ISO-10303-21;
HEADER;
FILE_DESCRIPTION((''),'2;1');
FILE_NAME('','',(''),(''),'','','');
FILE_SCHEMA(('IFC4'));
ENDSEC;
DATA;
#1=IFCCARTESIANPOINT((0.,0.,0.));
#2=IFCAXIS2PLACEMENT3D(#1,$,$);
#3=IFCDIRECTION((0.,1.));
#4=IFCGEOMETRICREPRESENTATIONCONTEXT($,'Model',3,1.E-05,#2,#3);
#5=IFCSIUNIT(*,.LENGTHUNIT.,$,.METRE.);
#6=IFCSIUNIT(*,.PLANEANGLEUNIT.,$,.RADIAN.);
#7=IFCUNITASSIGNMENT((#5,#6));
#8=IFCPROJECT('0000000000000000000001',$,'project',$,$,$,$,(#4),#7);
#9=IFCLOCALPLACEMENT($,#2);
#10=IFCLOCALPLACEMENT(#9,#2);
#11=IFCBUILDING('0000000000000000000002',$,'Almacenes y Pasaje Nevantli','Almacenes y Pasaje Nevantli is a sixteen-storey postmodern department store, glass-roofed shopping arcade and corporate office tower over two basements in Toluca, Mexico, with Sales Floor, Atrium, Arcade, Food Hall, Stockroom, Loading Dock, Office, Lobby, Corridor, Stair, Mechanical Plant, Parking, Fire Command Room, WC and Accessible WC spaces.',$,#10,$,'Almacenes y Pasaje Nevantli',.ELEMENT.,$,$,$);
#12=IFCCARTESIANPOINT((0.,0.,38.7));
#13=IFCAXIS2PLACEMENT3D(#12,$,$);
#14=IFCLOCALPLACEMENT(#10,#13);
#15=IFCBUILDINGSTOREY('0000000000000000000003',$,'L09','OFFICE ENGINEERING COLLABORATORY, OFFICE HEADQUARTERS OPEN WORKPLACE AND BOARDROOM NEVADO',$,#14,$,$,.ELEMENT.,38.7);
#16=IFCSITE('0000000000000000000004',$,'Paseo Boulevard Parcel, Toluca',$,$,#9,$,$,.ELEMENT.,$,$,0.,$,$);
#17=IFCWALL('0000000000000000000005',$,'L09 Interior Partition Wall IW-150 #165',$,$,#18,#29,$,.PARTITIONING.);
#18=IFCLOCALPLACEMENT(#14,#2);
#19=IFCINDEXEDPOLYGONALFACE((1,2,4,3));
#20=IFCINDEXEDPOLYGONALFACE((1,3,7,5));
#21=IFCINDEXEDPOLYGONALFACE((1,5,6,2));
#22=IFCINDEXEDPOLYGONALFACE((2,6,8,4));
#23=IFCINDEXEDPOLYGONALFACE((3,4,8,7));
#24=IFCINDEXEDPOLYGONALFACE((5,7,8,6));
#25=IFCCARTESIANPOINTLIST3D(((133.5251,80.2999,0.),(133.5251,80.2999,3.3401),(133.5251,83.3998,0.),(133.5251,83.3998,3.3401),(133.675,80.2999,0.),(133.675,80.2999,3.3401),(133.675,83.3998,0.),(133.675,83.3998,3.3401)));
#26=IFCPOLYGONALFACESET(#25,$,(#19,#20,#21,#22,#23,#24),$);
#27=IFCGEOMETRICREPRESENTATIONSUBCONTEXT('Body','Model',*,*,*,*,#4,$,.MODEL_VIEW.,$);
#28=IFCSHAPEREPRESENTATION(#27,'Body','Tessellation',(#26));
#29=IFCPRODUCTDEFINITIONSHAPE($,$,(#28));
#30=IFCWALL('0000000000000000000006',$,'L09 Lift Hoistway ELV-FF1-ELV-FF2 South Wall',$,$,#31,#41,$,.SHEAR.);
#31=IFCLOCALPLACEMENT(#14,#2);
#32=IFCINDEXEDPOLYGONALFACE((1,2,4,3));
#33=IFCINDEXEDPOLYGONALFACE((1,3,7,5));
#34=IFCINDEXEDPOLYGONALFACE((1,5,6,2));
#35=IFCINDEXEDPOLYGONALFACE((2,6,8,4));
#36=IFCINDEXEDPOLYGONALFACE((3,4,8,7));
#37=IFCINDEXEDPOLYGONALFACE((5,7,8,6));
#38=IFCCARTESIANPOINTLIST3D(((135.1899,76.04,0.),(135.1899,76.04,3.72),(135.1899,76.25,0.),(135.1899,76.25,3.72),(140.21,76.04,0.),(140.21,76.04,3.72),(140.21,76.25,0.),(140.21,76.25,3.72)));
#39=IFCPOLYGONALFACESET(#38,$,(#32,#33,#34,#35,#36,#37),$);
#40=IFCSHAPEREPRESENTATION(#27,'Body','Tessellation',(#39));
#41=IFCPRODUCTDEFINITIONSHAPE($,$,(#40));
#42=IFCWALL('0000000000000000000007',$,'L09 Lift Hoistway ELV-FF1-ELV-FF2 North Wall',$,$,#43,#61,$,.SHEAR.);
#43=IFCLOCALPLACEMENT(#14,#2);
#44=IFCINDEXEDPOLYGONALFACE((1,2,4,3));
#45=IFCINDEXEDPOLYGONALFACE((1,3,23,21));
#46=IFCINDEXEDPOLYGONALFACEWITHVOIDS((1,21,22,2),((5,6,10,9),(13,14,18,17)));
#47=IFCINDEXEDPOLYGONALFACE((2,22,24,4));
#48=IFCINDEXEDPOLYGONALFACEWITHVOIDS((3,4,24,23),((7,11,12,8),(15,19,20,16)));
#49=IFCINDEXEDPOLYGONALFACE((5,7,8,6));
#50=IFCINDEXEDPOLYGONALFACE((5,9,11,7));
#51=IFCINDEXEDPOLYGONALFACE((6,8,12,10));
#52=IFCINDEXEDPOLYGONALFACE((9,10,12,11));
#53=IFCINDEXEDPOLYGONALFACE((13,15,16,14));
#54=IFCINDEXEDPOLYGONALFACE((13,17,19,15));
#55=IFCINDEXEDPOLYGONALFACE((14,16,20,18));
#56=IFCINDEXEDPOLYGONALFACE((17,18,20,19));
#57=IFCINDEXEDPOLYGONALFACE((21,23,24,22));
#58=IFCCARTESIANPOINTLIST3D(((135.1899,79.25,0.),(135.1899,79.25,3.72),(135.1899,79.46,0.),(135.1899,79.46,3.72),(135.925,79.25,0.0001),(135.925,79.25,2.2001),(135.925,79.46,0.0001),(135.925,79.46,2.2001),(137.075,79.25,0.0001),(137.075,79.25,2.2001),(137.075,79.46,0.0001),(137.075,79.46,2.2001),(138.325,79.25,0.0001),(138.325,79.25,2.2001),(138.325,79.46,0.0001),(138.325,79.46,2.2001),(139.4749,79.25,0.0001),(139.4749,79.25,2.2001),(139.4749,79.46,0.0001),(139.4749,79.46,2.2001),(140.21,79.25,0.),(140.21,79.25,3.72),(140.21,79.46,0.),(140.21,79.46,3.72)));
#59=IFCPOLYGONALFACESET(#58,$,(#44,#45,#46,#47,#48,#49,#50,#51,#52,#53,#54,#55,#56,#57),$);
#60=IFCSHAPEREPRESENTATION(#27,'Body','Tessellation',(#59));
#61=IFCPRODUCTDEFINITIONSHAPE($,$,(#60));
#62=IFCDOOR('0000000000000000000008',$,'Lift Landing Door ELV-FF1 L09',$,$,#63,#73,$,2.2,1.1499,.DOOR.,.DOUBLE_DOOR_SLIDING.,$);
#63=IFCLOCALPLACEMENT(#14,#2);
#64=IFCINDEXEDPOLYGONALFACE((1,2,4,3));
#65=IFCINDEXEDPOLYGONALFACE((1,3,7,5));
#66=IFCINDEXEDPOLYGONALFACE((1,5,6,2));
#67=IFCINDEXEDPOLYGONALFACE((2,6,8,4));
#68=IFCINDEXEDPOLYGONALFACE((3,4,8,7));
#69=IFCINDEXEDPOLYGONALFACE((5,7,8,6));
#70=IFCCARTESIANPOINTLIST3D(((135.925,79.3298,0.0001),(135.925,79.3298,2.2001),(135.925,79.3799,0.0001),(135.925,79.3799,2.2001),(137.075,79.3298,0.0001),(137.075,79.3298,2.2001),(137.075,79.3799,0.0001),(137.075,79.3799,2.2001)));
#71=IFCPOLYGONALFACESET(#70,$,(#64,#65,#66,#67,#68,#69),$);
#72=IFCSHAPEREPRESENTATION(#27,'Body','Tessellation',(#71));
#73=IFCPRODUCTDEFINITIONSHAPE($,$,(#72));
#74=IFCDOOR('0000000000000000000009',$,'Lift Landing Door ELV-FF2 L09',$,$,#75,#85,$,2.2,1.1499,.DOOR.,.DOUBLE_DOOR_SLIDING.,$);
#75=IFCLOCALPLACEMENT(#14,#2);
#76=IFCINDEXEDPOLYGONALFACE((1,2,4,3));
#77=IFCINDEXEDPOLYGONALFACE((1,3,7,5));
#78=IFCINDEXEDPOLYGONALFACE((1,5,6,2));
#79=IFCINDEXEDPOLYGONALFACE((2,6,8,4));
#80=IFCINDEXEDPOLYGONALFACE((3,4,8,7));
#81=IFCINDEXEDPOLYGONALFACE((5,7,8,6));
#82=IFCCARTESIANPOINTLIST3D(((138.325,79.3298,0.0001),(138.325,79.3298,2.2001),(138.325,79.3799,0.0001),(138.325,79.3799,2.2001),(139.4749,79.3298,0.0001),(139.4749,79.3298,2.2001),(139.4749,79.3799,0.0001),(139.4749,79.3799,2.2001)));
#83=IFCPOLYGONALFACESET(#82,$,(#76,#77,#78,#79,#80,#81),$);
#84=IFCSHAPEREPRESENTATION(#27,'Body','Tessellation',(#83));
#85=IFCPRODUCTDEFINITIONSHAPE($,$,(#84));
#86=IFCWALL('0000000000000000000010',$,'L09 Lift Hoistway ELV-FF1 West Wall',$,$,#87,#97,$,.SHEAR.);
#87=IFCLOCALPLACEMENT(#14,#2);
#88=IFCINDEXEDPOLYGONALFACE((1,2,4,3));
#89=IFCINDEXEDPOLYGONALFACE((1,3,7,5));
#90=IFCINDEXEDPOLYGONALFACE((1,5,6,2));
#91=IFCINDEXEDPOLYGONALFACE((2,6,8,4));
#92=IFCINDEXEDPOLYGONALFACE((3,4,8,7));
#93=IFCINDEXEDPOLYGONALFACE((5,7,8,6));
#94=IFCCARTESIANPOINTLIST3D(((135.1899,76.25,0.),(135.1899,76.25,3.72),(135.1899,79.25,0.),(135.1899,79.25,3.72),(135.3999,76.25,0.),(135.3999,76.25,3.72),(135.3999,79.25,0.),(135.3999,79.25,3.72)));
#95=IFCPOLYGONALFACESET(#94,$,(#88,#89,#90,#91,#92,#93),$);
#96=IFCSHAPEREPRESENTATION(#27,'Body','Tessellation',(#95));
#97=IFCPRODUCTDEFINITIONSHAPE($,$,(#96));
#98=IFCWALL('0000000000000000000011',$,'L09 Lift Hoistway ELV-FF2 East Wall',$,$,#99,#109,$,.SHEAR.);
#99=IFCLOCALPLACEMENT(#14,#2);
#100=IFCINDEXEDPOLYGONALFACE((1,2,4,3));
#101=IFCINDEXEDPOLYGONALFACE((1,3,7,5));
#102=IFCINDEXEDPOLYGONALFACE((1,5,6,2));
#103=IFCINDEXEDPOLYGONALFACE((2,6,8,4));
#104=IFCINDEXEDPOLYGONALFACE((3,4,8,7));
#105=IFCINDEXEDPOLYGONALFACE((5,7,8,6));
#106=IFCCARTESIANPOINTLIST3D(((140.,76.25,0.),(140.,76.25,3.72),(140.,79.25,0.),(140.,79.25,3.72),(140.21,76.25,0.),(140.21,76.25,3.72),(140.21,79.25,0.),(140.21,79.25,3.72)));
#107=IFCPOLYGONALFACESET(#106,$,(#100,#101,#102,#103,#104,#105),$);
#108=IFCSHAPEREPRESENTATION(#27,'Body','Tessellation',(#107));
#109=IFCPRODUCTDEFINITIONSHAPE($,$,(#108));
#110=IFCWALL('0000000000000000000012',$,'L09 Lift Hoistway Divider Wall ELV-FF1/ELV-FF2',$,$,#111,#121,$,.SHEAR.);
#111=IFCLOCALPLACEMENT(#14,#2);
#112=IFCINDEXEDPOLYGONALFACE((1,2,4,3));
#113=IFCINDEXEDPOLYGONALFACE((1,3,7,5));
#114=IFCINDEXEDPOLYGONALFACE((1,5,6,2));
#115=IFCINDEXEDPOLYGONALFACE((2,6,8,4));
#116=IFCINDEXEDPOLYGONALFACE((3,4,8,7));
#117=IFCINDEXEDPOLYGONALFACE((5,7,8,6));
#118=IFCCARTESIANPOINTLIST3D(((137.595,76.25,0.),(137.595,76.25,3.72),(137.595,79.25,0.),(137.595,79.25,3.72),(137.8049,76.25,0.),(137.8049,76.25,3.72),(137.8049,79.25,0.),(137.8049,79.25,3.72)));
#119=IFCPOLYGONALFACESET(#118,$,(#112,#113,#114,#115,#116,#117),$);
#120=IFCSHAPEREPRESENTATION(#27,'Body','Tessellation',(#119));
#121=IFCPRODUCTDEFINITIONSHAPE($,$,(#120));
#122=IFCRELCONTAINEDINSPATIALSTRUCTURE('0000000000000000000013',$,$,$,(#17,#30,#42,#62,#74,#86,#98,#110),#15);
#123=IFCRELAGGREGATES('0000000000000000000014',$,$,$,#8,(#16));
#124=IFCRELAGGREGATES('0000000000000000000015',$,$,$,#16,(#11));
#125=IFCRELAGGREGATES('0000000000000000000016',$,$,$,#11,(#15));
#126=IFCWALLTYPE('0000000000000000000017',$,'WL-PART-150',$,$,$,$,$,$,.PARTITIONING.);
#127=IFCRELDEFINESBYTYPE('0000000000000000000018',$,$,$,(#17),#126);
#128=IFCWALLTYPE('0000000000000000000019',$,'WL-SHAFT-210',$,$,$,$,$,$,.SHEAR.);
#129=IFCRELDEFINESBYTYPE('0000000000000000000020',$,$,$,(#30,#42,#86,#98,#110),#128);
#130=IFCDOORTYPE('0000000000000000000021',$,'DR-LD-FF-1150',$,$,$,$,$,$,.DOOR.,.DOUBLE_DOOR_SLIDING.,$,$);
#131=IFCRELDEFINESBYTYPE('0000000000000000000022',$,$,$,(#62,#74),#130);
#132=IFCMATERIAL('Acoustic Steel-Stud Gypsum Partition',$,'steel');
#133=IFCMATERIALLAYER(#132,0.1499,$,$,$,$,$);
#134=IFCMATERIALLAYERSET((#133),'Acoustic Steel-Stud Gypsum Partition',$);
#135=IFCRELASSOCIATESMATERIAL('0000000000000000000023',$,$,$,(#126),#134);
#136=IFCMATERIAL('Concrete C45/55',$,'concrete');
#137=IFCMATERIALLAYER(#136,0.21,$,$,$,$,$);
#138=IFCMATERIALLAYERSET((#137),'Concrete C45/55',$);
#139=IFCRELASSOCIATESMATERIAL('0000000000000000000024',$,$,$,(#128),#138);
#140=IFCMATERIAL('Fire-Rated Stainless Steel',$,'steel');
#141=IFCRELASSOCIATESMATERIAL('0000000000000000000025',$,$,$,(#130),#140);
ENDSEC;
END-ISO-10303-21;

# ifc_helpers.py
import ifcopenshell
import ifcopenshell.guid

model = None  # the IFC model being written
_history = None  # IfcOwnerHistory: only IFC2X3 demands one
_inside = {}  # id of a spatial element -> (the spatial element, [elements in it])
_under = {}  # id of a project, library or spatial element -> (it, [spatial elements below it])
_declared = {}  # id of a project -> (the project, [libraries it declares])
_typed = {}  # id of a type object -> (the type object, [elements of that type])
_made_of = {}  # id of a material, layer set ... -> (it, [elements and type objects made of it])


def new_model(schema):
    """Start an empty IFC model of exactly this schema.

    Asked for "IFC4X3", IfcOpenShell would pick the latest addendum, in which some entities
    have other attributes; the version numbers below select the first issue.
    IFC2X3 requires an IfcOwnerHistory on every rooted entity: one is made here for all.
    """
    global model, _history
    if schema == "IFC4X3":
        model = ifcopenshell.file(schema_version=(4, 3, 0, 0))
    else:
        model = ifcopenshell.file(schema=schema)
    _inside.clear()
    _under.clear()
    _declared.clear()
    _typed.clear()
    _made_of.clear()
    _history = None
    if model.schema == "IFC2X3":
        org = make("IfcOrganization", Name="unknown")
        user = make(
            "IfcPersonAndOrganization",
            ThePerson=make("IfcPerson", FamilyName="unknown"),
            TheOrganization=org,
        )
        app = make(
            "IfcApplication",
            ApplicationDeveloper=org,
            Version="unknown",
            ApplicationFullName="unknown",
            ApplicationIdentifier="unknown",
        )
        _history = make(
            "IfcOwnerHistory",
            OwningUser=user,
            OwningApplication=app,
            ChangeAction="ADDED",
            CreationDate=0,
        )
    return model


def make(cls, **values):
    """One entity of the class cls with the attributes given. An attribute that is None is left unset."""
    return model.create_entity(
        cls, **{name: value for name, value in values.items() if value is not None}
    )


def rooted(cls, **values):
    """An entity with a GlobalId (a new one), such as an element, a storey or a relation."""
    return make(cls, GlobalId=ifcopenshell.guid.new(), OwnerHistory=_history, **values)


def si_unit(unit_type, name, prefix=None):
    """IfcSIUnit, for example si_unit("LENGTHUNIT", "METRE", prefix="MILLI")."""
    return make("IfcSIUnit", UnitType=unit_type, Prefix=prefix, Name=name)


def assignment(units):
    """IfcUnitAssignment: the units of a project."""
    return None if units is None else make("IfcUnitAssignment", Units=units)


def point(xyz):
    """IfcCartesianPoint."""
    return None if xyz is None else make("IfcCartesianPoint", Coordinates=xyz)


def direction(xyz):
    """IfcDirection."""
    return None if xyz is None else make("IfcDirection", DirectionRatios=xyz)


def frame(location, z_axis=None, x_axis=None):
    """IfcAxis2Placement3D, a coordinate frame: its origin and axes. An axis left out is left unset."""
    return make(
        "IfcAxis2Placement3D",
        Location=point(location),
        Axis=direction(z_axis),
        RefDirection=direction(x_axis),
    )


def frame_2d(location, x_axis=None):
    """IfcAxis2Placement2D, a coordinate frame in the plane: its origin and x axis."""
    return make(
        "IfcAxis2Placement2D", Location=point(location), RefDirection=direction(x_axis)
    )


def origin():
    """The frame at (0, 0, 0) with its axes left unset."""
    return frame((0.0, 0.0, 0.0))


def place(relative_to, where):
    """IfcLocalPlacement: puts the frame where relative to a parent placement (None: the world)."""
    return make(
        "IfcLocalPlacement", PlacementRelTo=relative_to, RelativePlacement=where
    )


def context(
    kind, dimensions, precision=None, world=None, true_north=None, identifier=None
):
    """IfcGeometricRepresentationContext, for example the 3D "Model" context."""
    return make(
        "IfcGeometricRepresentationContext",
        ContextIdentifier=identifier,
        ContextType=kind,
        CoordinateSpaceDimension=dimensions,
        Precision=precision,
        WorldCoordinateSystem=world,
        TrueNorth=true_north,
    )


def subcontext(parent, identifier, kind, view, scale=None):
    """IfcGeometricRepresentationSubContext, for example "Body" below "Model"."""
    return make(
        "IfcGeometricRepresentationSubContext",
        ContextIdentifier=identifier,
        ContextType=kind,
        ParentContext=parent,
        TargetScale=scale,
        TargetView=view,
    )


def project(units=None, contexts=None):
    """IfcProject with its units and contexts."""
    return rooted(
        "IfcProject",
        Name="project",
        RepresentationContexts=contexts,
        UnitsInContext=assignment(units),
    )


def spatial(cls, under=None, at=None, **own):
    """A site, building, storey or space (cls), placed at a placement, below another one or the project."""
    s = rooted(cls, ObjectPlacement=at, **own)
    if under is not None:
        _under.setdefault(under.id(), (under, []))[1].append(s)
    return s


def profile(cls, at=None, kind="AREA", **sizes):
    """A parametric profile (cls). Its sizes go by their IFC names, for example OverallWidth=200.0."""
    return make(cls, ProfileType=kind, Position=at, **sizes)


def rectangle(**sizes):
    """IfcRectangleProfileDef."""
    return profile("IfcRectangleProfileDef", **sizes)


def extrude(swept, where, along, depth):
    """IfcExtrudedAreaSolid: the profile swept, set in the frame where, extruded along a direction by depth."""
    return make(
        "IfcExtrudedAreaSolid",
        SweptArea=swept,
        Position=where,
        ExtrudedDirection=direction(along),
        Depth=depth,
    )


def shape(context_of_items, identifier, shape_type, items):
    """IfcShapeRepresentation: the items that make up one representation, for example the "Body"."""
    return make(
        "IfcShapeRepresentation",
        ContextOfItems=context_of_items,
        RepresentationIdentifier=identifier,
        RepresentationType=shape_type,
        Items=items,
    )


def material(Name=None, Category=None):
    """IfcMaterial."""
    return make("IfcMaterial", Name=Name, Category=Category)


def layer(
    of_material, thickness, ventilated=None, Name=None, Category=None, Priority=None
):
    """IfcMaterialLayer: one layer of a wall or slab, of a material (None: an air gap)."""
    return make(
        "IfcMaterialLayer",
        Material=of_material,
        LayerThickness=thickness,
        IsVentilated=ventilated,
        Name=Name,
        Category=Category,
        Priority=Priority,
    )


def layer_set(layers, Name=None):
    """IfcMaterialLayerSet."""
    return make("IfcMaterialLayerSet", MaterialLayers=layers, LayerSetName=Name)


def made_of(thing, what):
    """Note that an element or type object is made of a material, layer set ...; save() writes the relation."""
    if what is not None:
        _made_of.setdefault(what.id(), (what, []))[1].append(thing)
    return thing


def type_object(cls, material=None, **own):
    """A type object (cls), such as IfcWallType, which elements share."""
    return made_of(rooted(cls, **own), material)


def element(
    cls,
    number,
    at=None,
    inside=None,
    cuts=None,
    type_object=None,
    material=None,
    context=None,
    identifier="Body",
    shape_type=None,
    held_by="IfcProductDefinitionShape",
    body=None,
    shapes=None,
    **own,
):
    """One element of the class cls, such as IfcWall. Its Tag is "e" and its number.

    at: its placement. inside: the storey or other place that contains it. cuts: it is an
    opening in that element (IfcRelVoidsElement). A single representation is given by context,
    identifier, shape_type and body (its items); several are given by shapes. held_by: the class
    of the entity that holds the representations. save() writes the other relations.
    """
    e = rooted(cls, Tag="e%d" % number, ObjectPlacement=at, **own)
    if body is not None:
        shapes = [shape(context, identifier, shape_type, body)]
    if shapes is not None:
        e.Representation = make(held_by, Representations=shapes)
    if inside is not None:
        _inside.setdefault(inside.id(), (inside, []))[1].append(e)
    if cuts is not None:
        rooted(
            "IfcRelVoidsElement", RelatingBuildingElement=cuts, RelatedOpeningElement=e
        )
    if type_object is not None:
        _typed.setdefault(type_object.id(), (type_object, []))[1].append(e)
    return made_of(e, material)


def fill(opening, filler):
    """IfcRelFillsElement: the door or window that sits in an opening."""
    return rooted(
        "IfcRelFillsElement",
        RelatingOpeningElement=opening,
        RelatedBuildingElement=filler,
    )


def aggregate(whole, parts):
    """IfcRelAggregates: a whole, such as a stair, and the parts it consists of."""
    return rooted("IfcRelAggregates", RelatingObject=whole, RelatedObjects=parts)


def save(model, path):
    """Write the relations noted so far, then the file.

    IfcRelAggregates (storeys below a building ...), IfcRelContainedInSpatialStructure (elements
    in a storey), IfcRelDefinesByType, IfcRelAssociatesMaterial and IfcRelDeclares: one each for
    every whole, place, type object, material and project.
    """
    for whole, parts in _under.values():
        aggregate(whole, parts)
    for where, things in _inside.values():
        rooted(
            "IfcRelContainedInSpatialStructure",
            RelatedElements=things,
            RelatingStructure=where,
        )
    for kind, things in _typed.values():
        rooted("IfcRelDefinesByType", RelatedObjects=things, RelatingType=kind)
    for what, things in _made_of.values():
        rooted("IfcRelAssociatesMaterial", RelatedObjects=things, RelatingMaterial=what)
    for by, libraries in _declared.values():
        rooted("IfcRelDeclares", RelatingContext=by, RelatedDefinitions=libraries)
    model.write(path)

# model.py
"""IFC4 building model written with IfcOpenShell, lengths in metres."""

from ifc_helpers import new_model, si_unit, direction, frame, frame_2d, origin, place, context, subcontext, project, spatial, rectangle, extrude, material, layer, layer_set, type_object, element, fill, save


model = new_model("IFC4")

# Units and contexts
model_context = context("Model", 3, precision=1e-05, world=origin(), true_north=direction((0.0, 1.0)))
body_context = subcontext(model_context, "Body", "Model", "MODEL_VIEW")
ifc_project = project(units=[si_unit("LENGTHUNIT", "METRE"), si_unit("PLANEANGLEUNIT", "RADIAN")], contexts=[model_context])

# Site, building, storey
site_placement = place(None, origin())
site = spatial("IfcSite", under=ifc_project, at=site_placement, Name="Paseo Boulevard Parcel, Toluca", CompositionType="ELEMENT", RefElevation=0.0)
building_placement = place(site_placement, origin())
building = spatial("IfcBuilding", under=site, at=building_placement, Name="Almacenes y Pasaje Nevantli", Description="Almacenes y Pasaje Nevantli is a sixteen-storey postmodern department store, glass-roofed shopping arcade and corporate office tower over two basements in Toluca, Mexico, with Sales Floor, Atrium, Arcade, Food Hall, Stockroom, Loading Dock, Office, Lobby, Corridor, Stair, Mechanical Plant, Parking, Fire Command Room, WC and Accessible WC spaces.", LongName="Almacenes y Pasaje Nevantli", CompositionType="ELEMENT")
storey_placement = place(building_placement, frame((0.0, 0.0, 38.7)))
storey = spatial("IfcBuildingStorey", under=building, at=storey_placement, Name="L09", Description="OFFICE ENGINEERING COLLABORATORY, OFFICE HEADQUARTERS OPEN WORKPLACE AND BOARDROOM NEVADO", CompositionType="ELEMENT", Elevation=38.7)

# Walls
ifc_material_1 = material(Name="Acoustic Steel-Stud Gypsum Partition", Category="steel")
ifc_layer_1 = layer(ifc_material_1, 0.1499)
ifc_layer_set_1 = layer_set([ifc_layer_1], Name="Acoustic Steel-Stud Gypsum Partition")
wall_type_1 = type_object("IfcWallType", Name="WL-PART-150", PredefinedType="PARTITIONING", material=ifc_layer_set_1)
wall_1_placement = place(storey_placement, frame((133.6001, 80.3, 0.0), z_axis=(0.0, 0.0, 1.0), x_axis=(0.0, 1.0, 0.0)))
element("IfcWall", 1, at=wall_1_placement, inside=storey, type_object=wall_type_1, Name="L09 Interior Partition Wall IW-150 #165", PredefinedType="PARTITIONING", context=body_context, shape_type="SweptSolid", body=[
    extrude(rectangle(XDim=3.0999, YDim=0.1499, at=frame_2d((1.5498, 0.0))), origin(), (0.0, 0.0, 1.0), 3.3401),
])
ifc_material_2 = material(Name="Concrete C45/55", Category="concrete")
ifc_layer_2 = layer(ifc_material_2, 0.21)
ifc_layer_set_2 = layer_set([ifc_layer_2], Name="Concrete C45/55")
wall_type_2 = type_object("IfcWallType", Name="WL-SHAFT-210", PredefinedType="SHEAR", material=ifc_layer_set_2)
wall_2_placement = place(storey_placement, frame((135.1899, 76.145, 0.0), z_axis=(0.0, 0.0, 1.0), x_axis=(1.0, 0.0, 0.0)))
element("IfcWall", 2, at=wall_2_placement, inside=storey, type_object=wall_type_2, Name="L09 Lift Hoistway ELV-FF1-ELV-FF2 South Wall", PredefinedType="SHEAR", context=body_context, shape_type="SweptSolid", body=[
    extrude(rectangle(XDim=5.02, YDim=0.21, at=frame_2d((2.51, 0.0))), origin(), (0.0, 0.0, 1.0), 3.72),
])

# Wall, openings, doors
wall_3_placement = place(storey_placement, frame((135.1899, 79.355, 0.0), z_axis=(0.0, 0.0, 1.0), x_axis=(1.0, 0.0, 0.0)))
wall_3 = element("IfcWall", 3, at=wall_3_placement, inside=storey, type_object=wall_type_2, Name="L09 Lift Hoistway ELV-FF1-ELV-FF2 North Wall", PredefinedType="SHEAR", context=body_context, shape_type="SweptSolid", body=[
    extrude(rectangle(XDim=5.02, YDim=0.21, at=frame_2d((2.51, 0.0))), origin(), (0.0, 0.0, 1.0), 3.72),
])
opening_1_placement = place(wall_3_placement, frame((0.7351, 0.0, 0.0)))
opening_1 = element("IfcOpeningElement", 4, at=opening_1_placement, cuts=wall_3, PredefinedType="OPENING", context=body_context, shape_type="SweptSolid", body=[
    extrude(rectangle(XDim=1.1499, YDim=2.2, at=frame_2d((0.575, 1.1001))), frame((0.0, 0.115, 0.0), z_axis=(0.0, -1.0, 0.0), x_axis=(1.0, 0.0, 0.0)), (0.0, 0.0, 1.0), 0.23),
])
opening_2_placement = place(wall_3_placement, frame((3.135, 0.0, 0.0)))
opening_2 = element("IfcOpeningElement", 5, at=opening_2_placement, cuts=wall_3, PredefinedType="OPENING", context=body_context, shape_type="SweptSolid", body=[
    extrude(rectangle(XDim=1.1499, YDim=2.2, at=frame_2d((0.575, 1.1001))), frame((0.0, 0.115, 0.0), z_axis=(0.0, -1.0, 0.0), x_axis=(1.0, 0.0, 0.0)), (0.0, 0.0, 1.0), 0.23),
])
ifc_material_3 = material(Name="Fire-Rated Stainless Steel", Category="steel")
door_type_1 = type_object("IfcDoorType", Name="DR-LD-FF-1150", OperationType="DOUBLE_DOOR_SLIDING", PredefinedType="DOOR", material=ifc_material_3)
door_1_placement = place(opening_1_placement, origin())
door_1 = element("IfcDoor", 6, at=door_1_placement, inside=storey, type_object=door_type_1, Name="Lift Landing Door ELV-FF1 L09", OperationType="DOUBLE_DOOR_SLIDING", OverallHeight=2.2, OverallWidth=1.1499, PredefinedType="DOOR", context=body_context, shape_type="SweptSolid", body=[
    extrude(rectangle(XDim=1.1499, YDim=2.2, at=frame_2d((0.575, 1.1001))), frame((0.0, 0.0249, 0.0), z_axis=(0.0, -1.0, 0.0), x_axis=(1.0, 0.0, 0.0)), (0.0, 0.0, 1.0), 0.05),
])
fill(opening_1, door_1)
door_2_placement = place(opening_2_placement, origin())
door_2 = element("IfcDoor", 7, at=door_2_placement, inside=storey, type_object=door_type_1, Name="Lift Landing Door ELV-FF2 L09", OperationType="DOUBLE_DOOR_SLIDING", OverallHeight=2.2, OverallWidth=1.1499, PredefinedType="DOOR", context=body_context, shape_type="SweptSolid", body=[
    extrude(rectangle(XDim=1.1499, YDim=2.2, at=frame_2d((0.575, 1.1001))), frame((0.0, 0.0249, 0.0), z_axis=(0.0, -1.0, 0.0), x_axis=(1.0, 0.0, 0.0)), (0.0, 0.0, 1.0), 0.05),
])
fill(opening_2, door_2)

# Walls
for number, where, z_axis, x_axis, name in (
    (8, (135.2949, 76.25, 0.0), (0.0, 0.0, 1.0), (0.0, 1.0, 0.0), "L09 Lift Hoistway ELV-FF1 West Wall"),
    (9, (140.105, 76.25, 0.0), (0.0, 0.0, 1.0), (0.0, 1.0, 0.0), "L09 Lift Hoistway ELV-FF2 East Wall"),
    (10, (137.7, 76.25, 0.0), (0.0, 0.0, 1.0), (0.0, 1.0, 0.0), "L09 Lift Hoistway Divider Wall ELV-FF1/ELV-FF2"),
):
    element("IfcWall", number, at=place(storey_placement, frame(where, z_axis=z_axis, x_axis=x_axis)), inside=storey, type_object=wall_type_2, Name=name, PredefinedType="SHEAR", context=body_context, shape_type="SweptSolid", body=[
        extrude(rectangle(XDim=3.0, YDim=0.21, at=frame_2d((1.5, 0.0))), origin(), (0.0, 0.0, 1.0), 3.72),
    ])

save(model, "model.ifc")
